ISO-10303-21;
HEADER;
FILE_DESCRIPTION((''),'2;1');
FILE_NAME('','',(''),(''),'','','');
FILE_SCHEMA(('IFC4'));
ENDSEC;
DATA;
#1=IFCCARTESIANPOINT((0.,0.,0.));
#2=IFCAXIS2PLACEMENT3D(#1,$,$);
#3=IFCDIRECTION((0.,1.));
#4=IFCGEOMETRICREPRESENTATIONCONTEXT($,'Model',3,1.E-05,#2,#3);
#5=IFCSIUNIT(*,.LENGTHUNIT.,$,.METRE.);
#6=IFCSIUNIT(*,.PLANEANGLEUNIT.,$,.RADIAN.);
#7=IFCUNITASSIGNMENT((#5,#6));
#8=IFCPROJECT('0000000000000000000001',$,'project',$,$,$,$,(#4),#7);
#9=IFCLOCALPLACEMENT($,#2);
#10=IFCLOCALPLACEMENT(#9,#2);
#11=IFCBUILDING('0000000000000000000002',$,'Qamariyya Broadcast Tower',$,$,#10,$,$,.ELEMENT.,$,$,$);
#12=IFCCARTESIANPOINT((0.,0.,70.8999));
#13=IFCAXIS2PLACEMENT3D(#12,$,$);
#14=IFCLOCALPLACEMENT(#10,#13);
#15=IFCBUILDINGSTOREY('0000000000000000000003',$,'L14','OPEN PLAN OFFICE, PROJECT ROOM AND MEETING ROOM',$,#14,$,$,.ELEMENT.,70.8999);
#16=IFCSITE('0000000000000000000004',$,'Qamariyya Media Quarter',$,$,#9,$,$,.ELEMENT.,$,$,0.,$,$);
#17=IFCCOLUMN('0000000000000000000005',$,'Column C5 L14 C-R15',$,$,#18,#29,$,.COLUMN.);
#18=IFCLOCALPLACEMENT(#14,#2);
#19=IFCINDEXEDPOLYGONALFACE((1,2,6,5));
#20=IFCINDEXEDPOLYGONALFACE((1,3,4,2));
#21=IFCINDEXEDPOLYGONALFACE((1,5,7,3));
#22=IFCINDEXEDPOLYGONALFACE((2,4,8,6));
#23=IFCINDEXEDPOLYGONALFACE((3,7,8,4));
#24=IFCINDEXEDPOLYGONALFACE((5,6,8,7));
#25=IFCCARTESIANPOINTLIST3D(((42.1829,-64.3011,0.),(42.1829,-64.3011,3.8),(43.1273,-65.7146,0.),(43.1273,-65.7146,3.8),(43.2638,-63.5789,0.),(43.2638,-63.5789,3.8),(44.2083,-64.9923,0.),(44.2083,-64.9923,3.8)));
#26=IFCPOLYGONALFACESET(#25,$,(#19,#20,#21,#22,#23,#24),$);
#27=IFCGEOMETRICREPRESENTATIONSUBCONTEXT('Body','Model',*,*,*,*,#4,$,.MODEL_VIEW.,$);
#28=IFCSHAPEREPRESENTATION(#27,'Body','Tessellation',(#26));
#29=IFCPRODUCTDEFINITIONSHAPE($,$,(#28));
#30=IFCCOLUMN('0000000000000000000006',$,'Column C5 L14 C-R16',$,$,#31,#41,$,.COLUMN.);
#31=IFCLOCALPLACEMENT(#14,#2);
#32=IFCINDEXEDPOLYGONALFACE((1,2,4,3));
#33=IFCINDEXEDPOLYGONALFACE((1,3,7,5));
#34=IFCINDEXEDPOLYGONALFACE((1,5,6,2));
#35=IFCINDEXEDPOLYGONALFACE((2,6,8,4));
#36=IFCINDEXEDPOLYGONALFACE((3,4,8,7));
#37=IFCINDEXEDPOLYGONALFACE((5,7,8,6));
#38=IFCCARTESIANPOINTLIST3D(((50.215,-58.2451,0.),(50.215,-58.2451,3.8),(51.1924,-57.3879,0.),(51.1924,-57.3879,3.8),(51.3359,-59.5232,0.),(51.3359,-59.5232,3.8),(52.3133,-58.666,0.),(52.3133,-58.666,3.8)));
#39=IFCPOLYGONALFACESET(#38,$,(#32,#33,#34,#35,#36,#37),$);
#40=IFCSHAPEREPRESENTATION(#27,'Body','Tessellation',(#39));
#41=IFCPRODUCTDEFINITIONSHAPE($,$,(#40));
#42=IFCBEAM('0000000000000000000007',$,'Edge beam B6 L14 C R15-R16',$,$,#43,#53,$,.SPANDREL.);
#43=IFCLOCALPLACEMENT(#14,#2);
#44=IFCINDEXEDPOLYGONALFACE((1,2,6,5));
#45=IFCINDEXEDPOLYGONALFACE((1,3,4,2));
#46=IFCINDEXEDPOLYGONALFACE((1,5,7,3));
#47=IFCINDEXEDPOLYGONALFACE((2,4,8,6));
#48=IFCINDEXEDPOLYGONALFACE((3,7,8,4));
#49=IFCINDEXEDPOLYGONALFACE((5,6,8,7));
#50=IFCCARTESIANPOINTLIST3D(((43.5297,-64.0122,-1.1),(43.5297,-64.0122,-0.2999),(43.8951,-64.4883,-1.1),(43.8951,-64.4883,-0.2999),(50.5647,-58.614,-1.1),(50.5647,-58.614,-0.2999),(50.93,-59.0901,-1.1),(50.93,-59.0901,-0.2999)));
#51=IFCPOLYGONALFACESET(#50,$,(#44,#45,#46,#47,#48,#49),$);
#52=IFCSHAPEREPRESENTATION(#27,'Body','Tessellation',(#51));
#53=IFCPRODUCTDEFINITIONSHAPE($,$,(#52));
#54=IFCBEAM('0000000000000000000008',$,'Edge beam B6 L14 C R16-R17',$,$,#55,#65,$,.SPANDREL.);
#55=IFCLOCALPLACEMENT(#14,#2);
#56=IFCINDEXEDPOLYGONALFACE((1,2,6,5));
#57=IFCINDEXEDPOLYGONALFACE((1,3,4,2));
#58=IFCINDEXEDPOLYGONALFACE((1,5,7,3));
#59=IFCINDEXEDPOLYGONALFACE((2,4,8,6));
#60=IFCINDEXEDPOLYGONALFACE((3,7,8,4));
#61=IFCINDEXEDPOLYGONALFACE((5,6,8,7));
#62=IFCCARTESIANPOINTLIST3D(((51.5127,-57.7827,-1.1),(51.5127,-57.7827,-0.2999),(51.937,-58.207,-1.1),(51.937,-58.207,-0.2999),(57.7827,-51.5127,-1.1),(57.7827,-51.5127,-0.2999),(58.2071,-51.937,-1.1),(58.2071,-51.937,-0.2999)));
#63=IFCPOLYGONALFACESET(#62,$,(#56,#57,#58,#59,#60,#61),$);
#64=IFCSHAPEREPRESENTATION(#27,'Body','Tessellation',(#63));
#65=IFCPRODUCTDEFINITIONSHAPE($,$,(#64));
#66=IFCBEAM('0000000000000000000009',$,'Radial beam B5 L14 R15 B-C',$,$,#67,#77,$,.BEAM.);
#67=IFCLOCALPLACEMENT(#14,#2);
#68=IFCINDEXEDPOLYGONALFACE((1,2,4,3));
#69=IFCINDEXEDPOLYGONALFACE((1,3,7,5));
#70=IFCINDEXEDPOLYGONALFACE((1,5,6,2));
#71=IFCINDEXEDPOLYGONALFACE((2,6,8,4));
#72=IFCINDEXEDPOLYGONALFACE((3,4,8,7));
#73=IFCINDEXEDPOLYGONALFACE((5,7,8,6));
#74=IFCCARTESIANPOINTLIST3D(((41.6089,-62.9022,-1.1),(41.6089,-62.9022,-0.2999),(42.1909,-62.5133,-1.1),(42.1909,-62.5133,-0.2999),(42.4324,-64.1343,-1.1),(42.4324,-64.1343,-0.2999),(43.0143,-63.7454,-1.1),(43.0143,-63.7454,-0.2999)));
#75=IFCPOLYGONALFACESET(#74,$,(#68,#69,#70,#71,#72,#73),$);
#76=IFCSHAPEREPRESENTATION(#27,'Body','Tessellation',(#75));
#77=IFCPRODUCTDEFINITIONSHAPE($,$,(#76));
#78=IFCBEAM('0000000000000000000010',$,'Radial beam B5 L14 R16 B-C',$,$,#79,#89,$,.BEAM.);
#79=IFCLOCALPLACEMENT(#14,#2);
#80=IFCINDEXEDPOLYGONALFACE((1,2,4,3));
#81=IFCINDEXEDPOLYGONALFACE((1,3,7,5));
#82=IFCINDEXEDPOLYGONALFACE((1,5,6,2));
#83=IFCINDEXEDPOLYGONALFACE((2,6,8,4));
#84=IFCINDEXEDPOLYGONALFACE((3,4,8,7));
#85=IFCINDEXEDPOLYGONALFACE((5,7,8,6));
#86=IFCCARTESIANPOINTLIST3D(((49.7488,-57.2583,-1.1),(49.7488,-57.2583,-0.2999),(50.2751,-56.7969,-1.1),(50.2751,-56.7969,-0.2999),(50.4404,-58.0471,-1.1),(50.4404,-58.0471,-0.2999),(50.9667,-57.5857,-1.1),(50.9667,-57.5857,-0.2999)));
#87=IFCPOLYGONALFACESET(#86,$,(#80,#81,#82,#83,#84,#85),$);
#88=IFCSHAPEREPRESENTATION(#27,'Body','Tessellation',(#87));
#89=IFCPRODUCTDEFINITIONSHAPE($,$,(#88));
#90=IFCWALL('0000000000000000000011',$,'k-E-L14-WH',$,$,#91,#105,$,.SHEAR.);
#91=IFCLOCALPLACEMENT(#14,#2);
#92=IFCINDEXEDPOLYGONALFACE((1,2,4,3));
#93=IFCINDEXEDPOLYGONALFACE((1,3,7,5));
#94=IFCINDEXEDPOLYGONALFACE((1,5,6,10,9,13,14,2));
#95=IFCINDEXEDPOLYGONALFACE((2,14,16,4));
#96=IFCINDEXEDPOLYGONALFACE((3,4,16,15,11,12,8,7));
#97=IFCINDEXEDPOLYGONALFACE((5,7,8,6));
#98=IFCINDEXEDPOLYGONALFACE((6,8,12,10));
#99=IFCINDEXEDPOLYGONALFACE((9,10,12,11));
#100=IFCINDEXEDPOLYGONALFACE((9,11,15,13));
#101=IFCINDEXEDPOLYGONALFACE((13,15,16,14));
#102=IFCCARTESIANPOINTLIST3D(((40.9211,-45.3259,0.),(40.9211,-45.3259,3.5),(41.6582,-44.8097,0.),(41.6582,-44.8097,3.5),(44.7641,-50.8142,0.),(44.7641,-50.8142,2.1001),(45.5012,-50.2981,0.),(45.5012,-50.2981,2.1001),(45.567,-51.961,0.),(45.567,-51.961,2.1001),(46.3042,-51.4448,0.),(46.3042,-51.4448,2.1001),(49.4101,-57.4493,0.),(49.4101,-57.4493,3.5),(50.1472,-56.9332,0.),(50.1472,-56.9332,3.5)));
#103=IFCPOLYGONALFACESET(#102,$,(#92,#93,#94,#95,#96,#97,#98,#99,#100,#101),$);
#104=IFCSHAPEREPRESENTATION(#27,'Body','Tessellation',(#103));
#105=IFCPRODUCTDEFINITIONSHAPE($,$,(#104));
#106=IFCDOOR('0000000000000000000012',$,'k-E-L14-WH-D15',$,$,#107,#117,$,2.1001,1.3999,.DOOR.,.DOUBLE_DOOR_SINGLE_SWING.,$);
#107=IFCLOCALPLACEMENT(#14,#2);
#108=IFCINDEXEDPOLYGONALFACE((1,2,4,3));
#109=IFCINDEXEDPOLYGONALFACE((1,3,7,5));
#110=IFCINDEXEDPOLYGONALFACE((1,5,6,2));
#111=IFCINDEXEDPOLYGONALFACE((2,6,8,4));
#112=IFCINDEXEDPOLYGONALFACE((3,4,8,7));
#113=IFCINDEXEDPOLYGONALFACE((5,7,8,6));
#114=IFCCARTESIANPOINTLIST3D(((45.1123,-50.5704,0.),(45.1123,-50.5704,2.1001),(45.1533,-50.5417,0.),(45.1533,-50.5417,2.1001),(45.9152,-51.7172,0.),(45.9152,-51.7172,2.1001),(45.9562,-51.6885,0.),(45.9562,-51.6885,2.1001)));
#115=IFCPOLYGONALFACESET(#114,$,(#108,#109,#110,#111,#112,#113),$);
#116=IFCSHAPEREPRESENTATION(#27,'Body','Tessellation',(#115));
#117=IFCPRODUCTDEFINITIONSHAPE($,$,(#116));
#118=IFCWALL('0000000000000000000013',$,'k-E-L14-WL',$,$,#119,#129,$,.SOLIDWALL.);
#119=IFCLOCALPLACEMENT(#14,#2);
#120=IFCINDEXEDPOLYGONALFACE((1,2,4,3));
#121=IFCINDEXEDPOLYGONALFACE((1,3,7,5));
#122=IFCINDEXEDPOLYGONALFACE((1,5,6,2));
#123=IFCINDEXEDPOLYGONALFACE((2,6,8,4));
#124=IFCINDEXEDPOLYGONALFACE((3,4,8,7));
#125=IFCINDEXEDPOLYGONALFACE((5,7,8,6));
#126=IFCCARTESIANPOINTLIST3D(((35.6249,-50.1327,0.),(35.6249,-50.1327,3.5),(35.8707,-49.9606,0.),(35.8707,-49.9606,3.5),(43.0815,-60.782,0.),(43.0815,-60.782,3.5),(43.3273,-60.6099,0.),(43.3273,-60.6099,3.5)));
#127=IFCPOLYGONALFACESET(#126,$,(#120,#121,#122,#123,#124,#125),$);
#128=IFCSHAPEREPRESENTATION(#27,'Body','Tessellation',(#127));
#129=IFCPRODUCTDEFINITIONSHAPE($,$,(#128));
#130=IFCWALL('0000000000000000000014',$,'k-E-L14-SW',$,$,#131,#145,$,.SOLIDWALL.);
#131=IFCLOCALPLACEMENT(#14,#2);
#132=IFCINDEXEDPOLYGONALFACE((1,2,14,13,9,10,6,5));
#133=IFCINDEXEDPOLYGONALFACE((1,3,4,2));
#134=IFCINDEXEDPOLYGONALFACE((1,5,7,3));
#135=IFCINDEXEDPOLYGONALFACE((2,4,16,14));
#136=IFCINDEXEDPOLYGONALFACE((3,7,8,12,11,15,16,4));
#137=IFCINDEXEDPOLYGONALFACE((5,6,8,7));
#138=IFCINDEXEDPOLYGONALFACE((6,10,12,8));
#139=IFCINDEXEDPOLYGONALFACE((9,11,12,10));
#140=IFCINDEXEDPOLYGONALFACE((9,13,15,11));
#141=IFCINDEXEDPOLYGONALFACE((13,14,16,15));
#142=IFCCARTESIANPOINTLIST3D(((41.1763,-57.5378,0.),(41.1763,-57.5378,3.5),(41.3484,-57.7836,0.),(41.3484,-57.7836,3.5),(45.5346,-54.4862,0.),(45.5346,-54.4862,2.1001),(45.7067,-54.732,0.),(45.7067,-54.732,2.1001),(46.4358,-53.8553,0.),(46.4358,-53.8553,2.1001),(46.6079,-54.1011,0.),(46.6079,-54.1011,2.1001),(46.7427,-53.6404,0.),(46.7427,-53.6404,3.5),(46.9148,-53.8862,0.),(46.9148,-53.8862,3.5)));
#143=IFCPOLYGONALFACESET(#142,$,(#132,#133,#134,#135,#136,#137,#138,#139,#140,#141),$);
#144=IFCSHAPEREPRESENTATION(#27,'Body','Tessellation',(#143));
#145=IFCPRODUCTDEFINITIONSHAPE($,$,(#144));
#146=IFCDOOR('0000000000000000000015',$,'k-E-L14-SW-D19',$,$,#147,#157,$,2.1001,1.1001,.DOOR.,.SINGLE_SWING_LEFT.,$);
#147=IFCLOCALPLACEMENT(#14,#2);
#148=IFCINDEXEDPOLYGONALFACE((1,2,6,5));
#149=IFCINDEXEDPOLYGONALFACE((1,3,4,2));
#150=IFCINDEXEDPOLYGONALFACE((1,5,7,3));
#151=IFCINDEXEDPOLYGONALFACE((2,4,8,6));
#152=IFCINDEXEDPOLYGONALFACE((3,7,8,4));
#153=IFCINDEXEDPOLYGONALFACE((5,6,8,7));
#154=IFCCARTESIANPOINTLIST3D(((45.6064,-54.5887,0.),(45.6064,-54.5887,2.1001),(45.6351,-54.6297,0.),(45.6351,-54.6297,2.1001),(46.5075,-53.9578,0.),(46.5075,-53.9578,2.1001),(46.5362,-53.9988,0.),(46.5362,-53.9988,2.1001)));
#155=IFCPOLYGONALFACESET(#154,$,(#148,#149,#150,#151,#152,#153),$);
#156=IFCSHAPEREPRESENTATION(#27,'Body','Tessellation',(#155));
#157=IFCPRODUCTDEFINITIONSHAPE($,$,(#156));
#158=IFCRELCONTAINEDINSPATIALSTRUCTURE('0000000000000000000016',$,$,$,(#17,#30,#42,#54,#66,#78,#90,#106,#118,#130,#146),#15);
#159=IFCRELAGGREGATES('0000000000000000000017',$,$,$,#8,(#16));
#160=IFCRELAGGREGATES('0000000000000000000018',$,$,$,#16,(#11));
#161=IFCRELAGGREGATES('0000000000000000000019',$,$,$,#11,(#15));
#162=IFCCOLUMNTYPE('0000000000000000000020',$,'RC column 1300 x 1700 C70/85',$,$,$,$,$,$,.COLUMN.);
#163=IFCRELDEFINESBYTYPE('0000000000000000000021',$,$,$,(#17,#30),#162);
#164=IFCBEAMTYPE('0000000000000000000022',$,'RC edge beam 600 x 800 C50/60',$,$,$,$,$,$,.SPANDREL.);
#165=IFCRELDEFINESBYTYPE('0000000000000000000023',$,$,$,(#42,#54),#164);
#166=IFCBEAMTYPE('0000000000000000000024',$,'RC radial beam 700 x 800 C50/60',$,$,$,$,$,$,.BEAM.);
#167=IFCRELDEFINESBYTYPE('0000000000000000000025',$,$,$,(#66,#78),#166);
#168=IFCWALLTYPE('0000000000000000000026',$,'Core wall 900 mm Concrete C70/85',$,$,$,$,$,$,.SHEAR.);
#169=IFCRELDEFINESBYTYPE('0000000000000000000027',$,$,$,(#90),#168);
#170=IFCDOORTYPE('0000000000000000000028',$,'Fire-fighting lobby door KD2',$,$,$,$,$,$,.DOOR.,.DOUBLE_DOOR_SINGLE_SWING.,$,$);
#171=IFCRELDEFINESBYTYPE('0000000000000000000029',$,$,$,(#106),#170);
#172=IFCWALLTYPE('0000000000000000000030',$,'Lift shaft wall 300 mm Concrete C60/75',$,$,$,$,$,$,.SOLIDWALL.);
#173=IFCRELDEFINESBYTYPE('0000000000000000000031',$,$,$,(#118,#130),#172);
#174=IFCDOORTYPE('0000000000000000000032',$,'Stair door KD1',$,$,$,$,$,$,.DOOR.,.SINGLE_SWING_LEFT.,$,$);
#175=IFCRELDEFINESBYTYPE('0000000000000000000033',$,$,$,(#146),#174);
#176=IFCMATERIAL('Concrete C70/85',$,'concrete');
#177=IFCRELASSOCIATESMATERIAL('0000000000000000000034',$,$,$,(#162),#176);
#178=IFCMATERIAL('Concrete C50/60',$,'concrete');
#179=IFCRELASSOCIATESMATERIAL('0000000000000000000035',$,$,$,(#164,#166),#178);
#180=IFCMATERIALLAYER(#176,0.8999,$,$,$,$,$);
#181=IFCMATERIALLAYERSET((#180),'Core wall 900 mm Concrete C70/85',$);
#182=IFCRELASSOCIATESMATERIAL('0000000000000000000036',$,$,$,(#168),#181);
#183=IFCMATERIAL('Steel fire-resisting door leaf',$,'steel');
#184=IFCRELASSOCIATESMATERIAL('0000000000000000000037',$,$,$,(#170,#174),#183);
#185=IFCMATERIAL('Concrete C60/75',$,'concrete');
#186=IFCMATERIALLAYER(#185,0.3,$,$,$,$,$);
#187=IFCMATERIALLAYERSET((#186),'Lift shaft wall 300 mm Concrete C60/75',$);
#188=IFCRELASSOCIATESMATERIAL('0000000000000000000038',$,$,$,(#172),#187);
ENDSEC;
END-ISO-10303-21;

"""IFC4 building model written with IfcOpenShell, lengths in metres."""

from ifc_helpers import new_model, si_unit, direction, frame, frame_2d, origin, origin_2d, place, context, subcontext, project, spatial, rectangle, extrude, material, layer, layer_set, material_profile, profile_set, type_object, element, fill, save


model = new_model("IFC4")

# Units and contexts
model_context = context("Model", 3, precision=1e-05, world=origin(), true_north=direction((0.0, 1.0)))
body_context = subcontext(model_context, "Body", "Model", "MODEL_VIEW")
ifc_project = project(units=[si_unit("LENGTHUNIT", "METRE"), si_unit("PLANEANGLEUNIT", "RADIAN")], contexts=[model_context])

# Site, building, storey
site_placement = place(None, origin())
site = spatial("IfcSite", under=ifc_project, at=site_placement, Name="Qamariyya Media Quarter", CompositionType="ELEMENT", RefElevation=0.0)
building_placement = place(site_placement, origin())
building = spatial("IfcBuilding", under=site, at=building_placement, Name="Qamariyya Broadcast Tower", CompositionType="ELEMENT")
storey_placement = place(building_placement, frame((0.0, 0.0, 70.8999)))
storey = spatial("IfcBuildingStorey", under=building, at=storey_placement, Name="L14", Description="OPEN PLAN OFFICE, PROJECT ROOM AND MEETING ROOM", CompositionType="ELEMENT", Elevation=70.8999)

# Columns
ifc_material_1 = material(Name="Concrete C70/85", Category="concrete")
ifc_material_profile_1 = material_profile(ifc_material_1, rectangle(XDim=1.3, YDim=1.7, at=origin_2d()))
ifc_profile_set_1 = profile_set([ifc_material_profile_1], Name="Concrete C70/85")
column_type = type_object("IfcColumnType", Name="RC column 1300 x 1700 C70/85", PredefinedType="COLUMN", material=ifc_profile_set_1)
for number, where, z_axis, x_axis, name in (
    (1, (43.1956, -64.6467, 0.0), (0.0, 0.0, 1.0), (0.83147, 0.55557, 0.0), "Column C5 L14 C-R15"),
    (2, (51.2642, -58.4556, 0.0), (0.0, 0.0, 1.0), (0.75184, 0.659346, 0.0), "Column C5 L14 C-R16"),
):
    element("IfcColumn", number, at=place(storey_placement, frame(where, z_axis=z_axis, x_axis=x_axis)), inside=storey, type_object=column_type, Name=name, PredefinedType="COLUMN", context=body_context, shape_type="SweptSolid", body=[
        extrude(rectangle(XDim=1.3, YDim=1.7, at=origin_2d()), origin(), (0.0, 0.0, 1.0), 3.8),
    ])

# Beams
ifc_material_2 = material(Name="Concrete C50/60", Category="concrete")
ifc_material_profile_2 = material_profile(ifc_material_2, rectangle(XDim=0.6001, YDim=0.8, at=origin_2d()))
ifc_profile_set_2 = profile_set([ifc_material_profile_2], Name="Concrete C50/60")
beam_type_1 = type_object("IfcBeamType", Name="RC edge beam 600 x 800 C50/60", PredefinedType="SPANDREL", material=ifc_profile_set_2)
beam_1_placement = place(storey_placement, frame((43.7124, -64.2502, -0.7), z_axis=(0.793347, 0.60877, 0.0), x_axis=(-0.60877, 0.793347, 0.0)))
element("IfcBeam", 3, at=beam_1_placement, inside=storey, type_object=beam_type_1, Name="Edge beam B6 L14 C R15-R16", PredefinedType="SPANDREL", context=body_context, shape_type="SweptSolid", body=[
    extrude(rectangle(XDim=0.6001, YDim=0.8, at=origin_2d()), origin(), (0.0, 0.0, 1.0), 8.8674),
])
beam_2_placement = place(storey_placement, frame((51.7249, -57.9949, -0.7), z_axis=(0.707107, 0.707107, 0.0), x_axis=(-0.707107, 0.707107, 0.0)))
element("IfcBeam", 4, at=beam_2_placement, inside=storey, type_object=beam_type_1, Name="Edge beam B6 L14 C R16-R17", PredefinedType="SPANDREL", context=body_context, shape_type="SweptSolid", body=[
    extrude(rectangle(XDim=0.6001, YDim=0.8, at=origin_2d()), origin(), (0.0, 0.0, 1.0), 8.8672),
])
ifc_material_profile_3 = material_profile(ifc_material_2, rectangle(XDim=0.7, YDim=0.8, at=origin_2d()))
ifc_profile_set_3 = profile_set([ifc_material_profile_3], Name="Concrete C50/60")
beam_type_2 = type_object("IfcBeamType", Name="RC radial beam 700 x 800 C50/60", PredefinedType="BEAM", material=ifc_profile_set_3)
beam_3_placement = place(storey_placement, frame((41.8999, -62.7078, -0.7), z_axis=(0.55565, -0.831416, 0.0), x_axis=(0.831416, 0.55565, 0.0)))
element("IfcBeam", 5, at=beam_3_placement, inside=storey, type_object=beam_type_2, Name="Radial beam B5 L14 R15 B-C", PredefinedType="BEAM", context=body_context, shape_type="SweptSolid", body=[
    extrude(rectangle(XDim=0.7, YDim=0.8, at=origin_2d()), origin(), (0.0, 0.0, 1.0), 1.4819),
])
beam_4_placement = place(storey_placement, frame((50.012, -57.0276, -0.7), z_axis=(0.659279, -0.751899, 0.0), x_axis=(0.751899, 0.659279, 0.0)))
element("IfcBeam", 6, at=beam_4_placement, inside=storey, type_object=beam_type_2, Name="Radial beam B5 L14 R16 B-C", PredefinedType="BEAM", context=body_context, shape_type="SweptSolid", body=[
    extrude(rectangle(XDim=0.7, YDim=0.8, at=origin_2d()), origin(), (0.0, 0.0, 1.0), 1.0491),
])

# Wall, opening, door
ifc_layer_1 = layer(ifc_material_1, 0.8999)
ifc_layer_set_1 = layer_set([ifc_layer_1], Name="Core wall 900 mm Concrete C70/85")
wall_type_1 = type_object("IfcWallType", Name="Core wall 900 mm Concrete C70/85", PredefinedType="SHEAR", material=ifc_layer_set_1)
wall_1_placement = place(storey_placement, frame((49.7786, -57.1912, 0.0), z_axis=(0.0, 0.0, 1.0), x_axis=(-0.573577, 0.819151, 0.0)))
wall_1 = element("IfcWall", 7, at=wall_1_placement, inside=storey, type_object=wall_type_1, Name="k-E-L14-WH", PredefinedType="SHEAR", context=body_context, shape_type="SweptSolid", body=[
    extrude(rectangle(XDim=14.8, YDim=0.8999, at=frame_2d((7.3999, 0.0))), origin(), (0.0, 0.0, 1.0), 3.5),
])
opening_1_placement = place(wall_1_placement, frame((6.7, 0.0, 0.0)))
opening_1 = element("IfcOpeningElement", 8, at=opening_1_placement, cuts=wall_1, PredefinedType="OPENING", context=body_context, shape_type="SweptSolid", body=[
    extrude(rectangle(XDim=1.3999, YDim=2.1001, at=frame_2d((0.7, 1.05))), frame((0.0, 0.46, 0.0), z_axis=(0.0, -1.0, 0.0), x_axis=(1.0, 0.0, 0.0)), (0.0, 0.0, 1.0), 0.9199),
])
ifc_material_3 = material(Name="Steel fire-resisting door leaf", Category="steel")
door_type_1 = type_object("IfcDoorType", Name="Fire-fighting lobby door KD2", OperationType="DOUBLE_DOOR_SINGLE_SWING", PredefinedType="DOOR", material=ifc_material_3)
door_1_placement = place(opening_1_placement, origin())
door_1 = element("IfcDoor", 9, at=door_1_placement, inside=storey, type_object=door_type_1, Name="k-E-L14-WH-D15", OperationType="DOUBLE_DOOR_SINGLE_SWING", OverallHeight=2.1001, OverallWidth=1.3999, PredefinedType="DOOR", context=body_context, shape_type="SweptSolid", body=[
    extrude(rectangle(XDim=1.3999, YDim=2.1001, at=frame_2d((0.7, 1.05))), frame((0.0, 0.0249, 0.0), z_axis=(0.0, -1.0, 0.0), x_axis=(1.0, 0.0, 0.0)), (0.0, 0.0, 1.0), 0.05),
])
fill(opening_1, door_1)

# Wall
ifc_material_4 = material(Name="Concrete C60/75", Category="concrete")
ifc_layer_2 = layer(ifc_material_4, 0.3)
ifc_layer_set_2 = layer_set([ifc_layer_2], Name="Lift shaft wall 300 mm Concrete C60/75")
wall_type_2 = type_object("IfcWallType", Name="Lift shaft wall 300 mm Concrete C60/75", PredefinedType="SOLIDWALL", material=ifc_layer_set_2)
wall_2_placement = place(storey_placement, frame((43.2043, -60.6958, 0.0), z_axis=(0.0, 0.0, 1.0), x_axis=(-0.573572, 0.819155, 0.0)))
element("IfcWall", 10, at=wall_2_placement, inside=storey, type_object=wall_type_2, Name="k-E-L14-WL", PredefinedType="SOLIDWALL", context=body_context, shape_type="SweptSolid", body=[
    extrude(rectangle(XDim=13.0002, YDim=0.3, at=frame_2d((6.5, 0.0))), origin(), (0.0, 0.0, 1.0), 3.5),
])

# Wall, opening, door
wall_3_placement = place(storey_placement, frame((41.2625, -57.6606, 0.0), z_axis=(0.0, 0.0, 1.0), x_axis=(0.819164, 0.573559, 0.0)))
wall_3 = element("IfcWall", 11, at=wall_3_placement, inside=storey, type_object=wall_type_2, Name="k-E-L14-SW", PredefinedType="SOLIDWALL", context=body_context, shape_type="SweptSolid", body=[
    extrude(rectangle(XDim=6.7952, YDim=0.3, at=frame_2d((3.3975, 0.0))), origin(), (0.0, 0.0, 1.0), 3.5),
])
opening_2_placement = place(wall_3_placement, frame((5.3203, 0.0, 0.0)))
opening_2 = element("IfcOpeningElement", 12, at=opening_2_placement, cuts=wall_3, PredefinedType="OPENING", context=body_context, shape_type="SweptSolid", body=[
    extrude(rectangle(XDim=1.1001, YDim=2.1001, at=frame_2d((0.55, 1.05))), frame((0.0, 0.1599, 0.0), z_axis=(0.0, -1.0, 0.0), x_axis=(1.0, 0.0, 0.0)), (0.0, 0.0, 1.0), 0.3201),
])
door_type_2 = type_object("IfcDoorType", Name="Stair door KD1", OperationType="SINGLE_SWING_LEFT", PredefinedType="DOOR", material=ifc_material_3)
door_2_placement = place(opening_2_placement, origin())
door_2 = element("IfcDoor", 13, at=door_2_placement, inside=storey, type_object=door_type_2, Name="k-E-L14-SW-D19", OperationType="SINGLE_SWING_LEFT", OverallHeight=2.1001, OverallWidth=1.1001, PredefinedType="DOOR", context=body_context, shape_type="SweptSolid", body=[
    extrude(rectangle(XDim=1.1001, YDim=2.1001, at=frame_2d((0.55, 1.05))), frame((0.0, 0.0249, 0.0), z_axis=(0.0, -1.0, 0.0), x_axis=(1.0, 0.0, 0.0)), (0.0, 0.0, 1.0), 0.05),
])
fill(opening_2, door_2)

save(model, "model.ifc")
